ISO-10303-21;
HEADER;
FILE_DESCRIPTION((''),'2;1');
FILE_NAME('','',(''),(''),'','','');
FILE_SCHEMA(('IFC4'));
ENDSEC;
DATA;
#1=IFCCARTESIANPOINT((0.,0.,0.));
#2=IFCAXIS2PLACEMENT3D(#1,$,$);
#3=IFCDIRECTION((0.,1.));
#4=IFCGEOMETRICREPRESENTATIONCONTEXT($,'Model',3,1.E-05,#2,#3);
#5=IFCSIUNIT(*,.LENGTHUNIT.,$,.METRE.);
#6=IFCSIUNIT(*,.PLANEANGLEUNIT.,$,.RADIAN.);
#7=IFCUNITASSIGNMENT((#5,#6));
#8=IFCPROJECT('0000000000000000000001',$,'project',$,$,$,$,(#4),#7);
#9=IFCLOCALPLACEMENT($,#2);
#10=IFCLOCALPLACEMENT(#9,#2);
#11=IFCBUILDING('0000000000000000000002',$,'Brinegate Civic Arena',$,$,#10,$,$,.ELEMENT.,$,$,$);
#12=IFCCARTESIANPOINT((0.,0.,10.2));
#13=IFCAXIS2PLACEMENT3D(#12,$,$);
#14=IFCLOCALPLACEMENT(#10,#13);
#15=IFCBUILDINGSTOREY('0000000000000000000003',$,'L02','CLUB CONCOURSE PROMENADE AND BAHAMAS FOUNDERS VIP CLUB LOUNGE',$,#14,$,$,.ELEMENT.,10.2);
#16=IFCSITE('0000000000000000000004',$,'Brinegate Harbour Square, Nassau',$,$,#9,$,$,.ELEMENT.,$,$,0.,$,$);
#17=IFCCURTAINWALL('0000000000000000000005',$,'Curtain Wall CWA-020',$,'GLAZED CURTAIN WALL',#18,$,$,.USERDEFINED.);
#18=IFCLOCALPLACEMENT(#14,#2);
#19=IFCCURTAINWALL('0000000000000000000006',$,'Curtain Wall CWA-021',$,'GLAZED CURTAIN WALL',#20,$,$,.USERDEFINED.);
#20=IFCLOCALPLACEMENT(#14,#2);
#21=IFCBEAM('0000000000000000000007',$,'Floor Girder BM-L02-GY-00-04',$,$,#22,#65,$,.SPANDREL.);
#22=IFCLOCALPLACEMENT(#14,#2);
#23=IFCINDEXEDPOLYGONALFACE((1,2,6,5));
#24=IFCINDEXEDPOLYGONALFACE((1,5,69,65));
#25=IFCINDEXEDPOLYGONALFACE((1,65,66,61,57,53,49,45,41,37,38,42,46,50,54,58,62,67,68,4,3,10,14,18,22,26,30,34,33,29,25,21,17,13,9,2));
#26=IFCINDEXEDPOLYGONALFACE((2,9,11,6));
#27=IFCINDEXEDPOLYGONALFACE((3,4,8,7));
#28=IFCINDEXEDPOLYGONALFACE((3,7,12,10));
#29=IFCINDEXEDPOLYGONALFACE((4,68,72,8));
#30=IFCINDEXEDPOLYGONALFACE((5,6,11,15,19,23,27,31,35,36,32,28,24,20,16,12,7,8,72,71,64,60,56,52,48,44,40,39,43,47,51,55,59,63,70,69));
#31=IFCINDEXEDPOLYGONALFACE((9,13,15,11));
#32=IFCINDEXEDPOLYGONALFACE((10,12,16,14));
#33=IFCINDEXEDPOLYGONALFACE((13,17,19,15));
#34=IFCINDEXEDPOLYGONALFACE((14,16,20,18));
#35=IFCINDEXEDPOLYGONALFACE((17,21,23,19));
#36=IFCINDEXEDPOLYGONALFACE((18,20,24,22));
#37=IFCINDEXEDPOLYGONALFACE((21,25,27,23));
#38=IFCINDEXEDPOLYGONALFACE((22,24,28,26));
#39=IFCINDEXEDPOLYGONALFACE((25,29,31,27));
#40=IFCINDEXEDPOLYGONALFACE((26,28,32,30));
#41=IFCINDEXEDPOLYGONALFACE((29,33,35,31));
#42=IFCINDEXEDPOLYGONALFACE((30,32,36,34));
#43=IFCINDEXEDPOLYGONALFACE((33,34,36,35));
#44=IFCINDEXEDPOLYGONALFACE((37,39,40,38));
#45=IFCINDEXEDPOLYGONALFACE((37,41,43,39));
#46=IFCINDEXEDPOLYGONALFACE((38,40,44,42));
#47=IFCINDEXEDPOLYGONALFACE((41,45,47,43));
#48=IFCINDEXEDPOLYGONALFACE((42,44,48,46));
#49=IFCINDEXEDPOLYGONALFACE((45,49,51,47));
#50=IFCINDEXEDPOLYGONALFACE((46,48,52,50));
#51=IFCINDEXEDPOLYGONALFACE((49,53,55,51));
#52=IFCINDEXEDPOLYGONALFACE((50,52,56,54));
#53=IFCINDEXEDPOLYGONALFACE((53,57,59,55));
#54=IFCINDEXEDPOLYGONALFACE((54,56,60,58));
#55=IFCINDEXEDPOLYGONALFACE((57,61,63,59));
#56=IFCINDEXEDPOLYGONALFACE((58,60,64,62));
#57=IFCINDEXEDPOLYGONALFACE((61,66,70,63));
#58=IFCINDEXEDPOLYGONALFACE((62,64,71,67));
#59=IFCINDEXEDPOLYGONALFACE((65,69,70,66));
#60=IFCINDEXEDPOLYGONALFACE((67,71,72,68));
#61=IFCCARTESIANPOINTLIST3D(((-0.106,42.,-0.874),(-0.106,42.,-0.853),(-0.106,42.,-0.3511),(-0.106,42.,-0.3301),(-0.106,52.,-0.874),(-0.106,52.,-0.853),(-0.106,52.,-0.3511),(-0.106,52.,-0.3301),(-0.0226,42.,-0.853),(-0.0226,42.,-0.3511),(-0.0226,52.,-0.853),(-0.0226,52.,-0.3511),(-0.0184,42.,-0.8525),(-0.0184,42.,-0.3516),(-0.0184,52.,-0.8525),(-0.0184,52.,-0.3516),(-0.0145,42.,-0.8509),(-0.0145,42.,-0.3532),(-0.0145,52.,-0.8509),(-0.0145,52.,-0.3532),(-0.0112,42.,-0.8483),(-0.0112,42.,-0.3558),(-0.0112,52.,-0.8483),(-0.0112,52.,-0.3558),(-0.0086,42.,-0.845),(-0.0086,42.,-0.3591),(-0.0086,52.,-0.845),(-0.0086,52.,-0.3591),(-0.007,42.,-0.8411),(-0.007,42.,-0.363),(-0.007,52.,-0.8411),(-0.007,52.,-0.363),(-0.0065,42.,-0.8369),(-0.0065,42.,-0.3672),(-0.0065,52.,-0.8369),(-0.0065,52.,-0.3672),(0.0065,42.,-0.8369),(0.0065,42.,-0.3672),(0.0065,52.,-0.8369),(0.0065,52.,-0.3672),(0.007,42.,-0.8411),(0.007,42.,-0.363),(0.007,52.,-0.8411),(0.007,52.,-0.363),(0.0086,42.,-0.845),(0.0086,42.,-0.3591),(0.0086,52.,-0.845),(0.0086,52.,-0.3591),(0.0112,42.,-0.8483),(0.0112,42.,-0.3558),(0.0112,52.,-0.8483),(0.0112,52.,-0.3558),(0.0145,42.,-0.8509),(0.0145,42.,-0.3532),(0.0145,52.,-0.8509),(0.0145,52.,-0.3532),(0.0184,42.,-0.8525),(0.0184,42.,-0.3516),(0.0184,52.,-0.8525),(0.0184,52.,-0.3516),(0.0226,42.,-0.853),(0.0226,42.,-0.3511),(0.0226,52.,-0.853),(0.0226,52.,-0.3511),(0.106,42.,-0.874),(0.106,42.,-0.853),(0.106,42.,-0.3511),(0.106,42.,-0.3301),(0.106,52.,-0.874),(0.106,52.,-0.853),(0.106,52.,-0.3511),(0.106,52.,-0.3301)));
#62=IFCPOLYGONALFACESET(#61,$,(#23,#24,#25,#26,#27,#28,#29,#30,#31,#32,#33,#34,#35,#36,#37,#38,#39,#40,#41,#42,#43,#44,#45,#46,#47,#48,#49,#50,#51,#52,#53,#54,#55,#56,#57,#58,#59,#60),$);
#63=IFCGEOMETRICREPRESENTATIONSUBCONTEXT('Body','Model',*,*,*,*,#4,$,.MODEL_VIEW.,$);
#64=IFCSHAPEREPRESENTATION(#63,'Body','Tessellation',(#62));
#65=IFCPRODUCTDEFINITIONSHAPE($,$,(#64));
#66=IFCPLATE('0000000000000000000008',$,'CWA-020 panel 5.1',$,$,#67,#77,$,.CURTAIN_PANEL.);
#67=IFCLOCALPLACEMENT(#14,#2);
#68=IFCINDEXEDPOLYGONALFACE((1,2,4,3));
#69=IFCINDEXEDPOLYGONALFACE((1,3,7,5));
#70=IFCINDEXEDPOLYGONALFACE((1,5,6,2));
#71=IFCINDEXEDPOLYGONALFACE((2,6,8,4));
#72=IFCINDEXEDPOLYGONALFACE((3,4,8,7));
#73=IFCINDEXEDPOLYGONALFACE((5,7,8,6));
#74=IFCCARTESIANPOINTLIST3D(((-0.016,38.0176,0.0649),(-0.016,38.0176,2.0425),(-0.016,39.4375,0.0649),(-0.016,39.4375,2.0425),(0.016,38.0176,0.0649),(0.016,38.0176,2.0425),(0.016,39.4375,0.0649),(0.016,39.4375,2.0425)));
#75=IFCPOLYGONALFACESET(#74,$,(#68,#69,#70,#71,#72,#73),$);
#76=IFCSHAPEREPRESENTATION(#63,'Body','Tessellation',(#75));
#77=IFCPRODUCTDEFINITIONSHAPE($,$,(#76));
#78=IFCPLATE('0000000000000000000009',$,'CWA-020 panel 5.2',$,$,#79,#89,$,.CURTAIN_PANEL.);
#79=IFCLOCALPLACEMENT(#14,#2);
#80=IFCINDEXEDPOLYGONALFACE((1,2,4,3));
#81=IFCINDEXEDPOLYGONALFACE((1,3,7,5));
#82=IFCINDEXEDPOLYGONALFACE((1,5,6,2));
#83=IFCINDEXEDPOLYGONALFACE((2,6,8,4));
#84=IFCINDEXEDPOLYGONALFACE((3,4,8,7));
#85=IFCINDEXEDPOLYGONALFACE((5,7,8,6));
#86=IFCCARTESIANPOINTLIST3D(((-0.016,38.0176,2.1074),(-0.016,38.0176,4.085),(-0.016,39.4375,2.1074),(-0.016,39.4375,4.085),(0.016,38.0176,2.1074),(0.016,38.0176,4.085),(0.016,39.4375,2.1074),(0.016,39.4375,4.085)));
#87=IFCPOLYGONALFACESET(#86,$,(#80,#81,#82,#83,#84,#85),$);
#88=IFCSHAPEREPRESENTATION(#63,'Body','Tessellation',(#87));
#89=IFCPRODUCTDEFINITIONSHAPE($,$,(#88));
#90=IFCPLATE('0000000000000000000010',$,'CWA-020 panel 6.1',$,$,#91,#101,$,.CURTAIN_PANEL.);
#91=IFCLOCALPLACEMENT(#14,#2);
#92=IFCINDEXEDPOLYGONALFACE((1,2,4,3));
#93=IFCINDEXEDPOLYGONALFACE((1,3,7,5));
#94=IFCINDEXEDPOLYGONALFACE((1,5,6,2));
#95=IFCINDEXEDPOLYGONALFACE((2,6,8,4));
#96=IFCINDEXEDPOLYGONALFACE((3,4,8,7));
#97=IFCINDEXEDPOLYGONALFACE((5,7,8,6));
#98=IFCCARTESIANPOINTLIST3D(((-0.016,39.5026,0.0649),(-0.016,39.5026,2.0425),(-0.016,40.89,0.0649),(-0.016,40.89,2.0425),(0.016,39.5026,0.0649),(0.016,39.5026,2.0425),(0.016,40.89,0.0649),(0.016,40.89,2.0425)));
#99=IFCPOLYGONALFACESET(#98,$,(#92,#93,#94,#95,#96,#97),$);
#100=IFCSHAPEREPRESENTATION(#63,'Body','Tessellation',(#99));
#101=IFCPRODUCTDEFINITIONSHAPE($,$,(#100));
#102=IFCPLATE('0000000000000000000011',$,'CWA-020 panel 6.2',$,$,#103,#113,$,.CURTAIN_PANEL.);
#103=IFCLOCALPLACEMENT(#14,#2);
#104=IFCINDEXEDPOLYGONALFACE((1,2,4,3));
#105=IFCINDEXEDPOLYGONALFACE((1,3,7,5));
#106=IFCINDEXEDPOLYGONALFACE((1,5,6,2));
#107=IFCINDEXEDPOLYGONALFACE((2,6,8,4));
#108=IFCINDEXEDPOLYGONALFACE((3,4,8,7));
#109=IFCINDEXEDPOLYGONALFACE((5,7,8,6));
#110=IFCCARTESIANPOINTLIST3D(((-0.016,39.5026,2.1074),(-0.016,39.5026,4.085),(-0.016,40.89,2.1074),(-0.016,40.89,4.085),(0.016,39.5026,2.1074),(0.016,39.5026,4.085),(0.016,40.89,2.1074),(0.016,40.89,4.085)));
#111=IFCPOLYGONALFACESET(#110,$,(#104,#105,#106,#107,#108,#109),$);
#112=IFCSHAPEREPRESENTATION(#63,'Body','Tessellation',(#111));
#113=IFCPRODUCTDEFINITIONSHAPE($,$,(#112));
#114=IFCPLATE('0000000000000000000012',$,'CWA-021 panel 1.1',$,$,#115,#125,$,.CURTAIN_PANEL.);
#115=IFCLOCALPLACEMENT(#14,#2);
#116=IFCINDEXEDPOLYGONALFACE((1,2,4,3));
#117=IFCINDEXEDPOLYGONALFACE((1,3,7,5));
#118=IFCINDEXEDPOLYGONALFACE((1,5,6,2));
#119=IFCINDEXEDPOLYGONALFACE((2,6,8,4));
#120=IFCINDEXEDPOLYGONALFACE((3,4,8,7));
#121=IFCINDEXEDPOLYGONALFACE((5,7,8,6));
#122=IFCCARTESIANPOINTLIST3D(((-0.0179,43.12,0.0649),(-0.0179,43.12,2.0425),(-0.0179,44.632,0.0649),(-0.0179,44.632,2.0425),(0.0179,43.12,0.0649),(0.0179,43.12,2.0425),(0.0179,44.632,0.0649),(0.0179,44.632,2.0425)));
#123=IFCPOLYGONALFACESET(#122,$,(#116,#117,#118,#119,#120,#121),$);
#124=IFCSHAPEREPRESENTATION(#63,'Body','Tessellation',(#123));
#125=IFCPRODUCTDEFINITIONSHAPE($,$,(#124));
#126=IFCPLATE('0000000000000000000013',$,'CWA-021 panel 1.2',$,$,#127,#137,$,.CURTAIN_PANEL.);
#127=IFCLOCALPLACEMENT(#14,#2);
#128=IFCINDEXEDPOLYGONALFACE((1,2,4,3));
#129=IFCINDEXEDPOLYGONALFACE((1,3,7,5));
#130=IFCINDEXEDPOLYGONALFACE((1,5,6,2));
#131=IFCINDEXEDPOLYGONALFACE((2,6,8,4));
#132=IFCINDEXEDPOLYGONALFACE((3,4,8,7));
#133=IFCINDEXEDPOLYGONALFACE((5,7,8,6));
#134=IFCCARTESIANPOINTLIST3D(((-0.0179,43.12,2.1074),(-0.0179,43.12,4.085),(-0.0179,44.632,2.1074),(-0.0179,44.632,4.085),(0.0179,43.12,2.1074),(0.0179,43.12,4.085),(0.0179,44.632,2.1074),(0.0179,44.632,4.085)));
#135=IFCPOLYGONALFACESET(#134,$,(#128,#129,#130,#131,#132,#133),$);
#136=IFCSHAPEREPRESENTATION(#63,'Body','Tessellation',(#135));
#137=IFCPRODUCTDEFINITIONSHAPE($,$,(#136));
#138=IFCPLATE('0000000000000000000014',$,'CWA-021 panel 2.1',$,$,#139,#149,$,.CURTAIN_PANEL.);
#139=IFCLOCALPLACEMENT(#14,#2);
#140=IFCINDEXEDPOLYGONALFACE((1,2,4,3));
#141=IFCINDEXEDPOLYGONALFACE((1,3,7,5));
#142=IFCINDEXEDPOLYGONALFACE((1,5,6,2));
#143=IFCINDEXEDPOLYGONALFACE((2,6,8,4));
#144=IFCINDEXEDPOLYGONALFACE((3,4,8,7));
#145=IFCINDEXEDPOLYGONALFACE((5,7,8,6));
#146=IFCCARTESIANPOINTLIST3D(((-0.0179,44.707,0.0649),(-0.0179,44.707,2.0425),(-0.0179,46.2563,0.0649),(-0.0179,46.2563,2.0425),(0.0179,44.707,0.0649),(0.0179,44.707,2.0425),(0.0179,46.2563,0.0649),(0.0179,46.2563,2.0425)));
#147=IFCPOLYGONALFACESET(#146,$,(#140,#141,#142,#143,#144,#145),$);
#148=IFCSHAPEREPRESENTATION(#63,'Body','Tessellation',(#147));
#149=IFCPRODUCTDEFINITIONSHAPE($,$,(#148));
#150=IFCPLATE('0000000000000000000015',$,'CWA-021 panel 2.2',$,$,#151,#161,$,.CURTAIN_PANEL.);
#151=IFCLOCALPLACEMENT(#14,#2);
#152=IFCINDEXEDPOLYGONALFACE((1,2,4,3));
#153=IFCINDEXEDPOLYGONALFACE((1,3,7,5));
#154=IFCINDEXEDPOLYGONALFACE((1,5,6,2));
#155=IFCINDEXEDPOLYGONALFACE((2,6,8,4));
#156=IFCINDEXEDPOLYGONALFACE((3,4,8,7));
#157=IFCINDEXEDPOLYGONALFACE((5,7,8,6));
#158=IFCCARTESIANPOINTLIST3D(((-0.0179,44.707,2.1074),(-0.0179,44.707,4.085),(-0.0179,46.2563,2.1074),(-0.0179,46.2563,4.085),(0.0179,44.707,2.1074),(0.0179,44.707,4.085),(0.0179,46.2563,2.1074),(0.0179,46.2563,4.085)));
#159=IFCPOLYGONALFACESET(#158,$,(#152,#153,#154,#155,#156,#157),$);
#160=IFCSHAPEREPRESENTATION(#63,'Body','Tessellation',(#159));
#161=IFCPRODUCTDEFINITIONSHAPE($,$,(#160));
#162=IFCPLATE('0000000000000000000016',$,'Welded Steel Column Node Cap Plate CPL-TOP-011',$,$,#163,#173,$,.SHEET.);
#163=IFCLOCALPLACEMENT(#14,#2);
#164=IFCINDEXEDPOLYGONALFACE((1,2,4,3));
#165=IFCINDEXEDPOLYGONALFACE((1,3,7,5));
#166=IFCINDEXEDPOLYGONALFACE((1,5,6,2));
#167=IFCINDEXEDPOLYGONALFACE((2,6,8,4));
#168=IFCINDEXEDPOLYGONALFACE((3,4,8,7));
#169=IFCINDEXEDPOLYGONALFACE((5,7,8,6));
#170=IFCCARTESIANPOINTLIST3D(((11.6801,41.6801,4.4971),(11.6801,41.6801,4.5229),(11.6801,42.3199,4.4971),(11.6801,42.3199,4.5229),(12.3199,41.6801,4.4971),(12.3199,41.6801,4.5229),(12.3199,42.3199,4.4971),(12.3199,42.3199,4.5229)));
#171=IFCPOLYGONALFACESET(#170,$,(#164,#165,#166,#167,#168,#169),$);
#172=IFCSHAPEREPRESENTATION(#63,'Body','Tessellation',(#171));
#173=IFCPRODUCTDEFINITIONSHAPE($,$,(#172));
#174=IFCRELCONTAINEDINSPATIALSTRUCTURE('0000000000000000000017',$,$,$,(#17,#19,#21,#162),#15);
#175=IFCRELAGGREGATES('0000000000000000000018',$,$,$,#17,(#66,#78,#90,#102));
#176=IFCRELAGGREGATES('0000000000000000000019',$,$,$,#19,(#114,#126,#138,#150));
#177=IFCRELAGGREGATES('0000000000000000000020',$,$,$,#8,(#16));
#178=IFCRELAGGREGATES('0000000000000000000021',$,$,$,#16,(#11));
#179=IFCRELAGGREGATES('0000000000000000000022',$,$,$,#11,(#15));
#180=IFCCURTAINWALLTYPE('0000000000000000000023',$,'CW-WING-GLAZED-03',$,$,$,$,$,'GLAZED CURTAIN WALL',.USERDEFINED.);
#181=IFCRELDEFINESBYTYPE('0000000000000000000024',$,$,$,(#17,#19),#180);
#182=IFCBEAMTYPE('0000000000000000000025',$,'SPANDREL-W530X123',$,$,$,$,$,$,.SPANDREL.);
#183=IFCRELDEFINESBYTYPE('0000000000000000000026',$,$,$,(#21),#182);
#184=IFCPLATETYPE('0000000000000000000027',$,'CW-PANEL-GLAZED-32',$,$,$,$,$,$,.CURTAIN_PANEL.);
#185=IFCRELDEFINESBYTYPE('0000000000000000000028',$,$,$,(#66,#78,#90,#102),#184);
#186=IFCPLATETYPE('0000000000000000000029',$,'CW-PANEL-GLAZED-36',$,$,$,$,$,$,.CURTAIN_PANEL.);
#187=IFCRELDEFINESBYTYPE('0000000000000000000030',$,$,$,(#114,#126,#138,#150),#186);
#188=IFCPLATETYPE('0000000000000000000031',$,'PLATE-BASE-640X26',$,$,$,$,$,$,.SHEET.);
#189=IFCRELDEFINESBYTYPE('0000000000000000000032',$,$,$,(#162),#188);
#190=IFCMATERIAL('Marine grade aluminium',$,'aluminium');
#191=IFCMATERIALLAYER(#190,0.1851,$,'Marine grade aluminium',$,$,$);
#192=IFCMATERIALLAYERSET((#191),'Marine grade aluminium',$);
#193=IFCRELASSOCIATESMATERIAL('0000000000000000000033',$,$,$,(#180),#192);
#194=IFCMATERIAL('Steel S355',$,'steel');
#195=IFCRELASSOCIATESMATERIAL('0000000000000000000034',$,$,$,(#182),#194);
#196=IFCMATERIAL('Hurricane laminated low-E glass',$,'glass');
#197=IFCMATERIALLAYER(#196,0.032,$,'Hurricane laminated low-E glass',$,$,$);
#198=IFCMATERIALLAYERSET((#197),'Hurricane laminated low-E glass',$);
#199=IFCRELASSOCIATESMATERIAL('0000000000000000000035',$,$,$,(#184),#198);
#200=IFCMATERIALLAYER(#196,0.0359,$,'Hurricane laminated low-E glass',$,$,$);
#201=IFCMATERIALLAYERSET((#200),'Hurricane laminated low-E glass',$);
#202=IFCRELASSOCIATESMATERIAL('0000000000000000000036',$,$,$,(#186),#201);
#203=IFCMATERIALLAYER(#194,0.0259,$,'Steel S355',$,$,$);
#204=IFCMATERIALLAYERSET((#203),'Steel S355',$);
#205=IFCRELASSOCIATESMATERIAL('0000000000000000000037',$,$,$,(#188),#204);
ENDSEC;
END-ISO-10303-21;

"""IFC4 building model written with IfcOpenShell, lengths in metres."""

from ifc_helpers import new_model, si_unit, direction, frame, origin, origin_2d, place, context, subcontext, project, spatial, rectangle, i_section, extrude, material, layer, layer_set, material_profile, profile_set, type_object, element, aggregate, save


model = new_model("IFC4")

# Units and contexts
model_context = context("Model", 3, precision=1e-05, world=origin(), true_north=direction((0.0, 1.0)))
body_context = subcontext(model_context, "Body", "Model", "MODEL_VIEW")
ifc_project = project(units=[si_unit("LENGTHUNIT", "METRE"), si_unit("PLANEANGLEUNIT", "RADIAN")], contexts=[model_context])

# Site, building, storey
site_placement = place(None, origin())
site = spatial("IfcSite", under=ifc_project, at=site_placement, Name="Brinegate Harbour Square, Nassau", CompositionType="ELEMENT", RefElevation=0.0)
building_placement = place(site_placement, origin())
building = spatial("IfcBuilding", under=site, at=building_placement, Name="Brinegate Civic Arena", CompositionType="ELEMENT")
storey_placement = place(building_placement, frame((0.0, 0.0, 10.2)))
storey = spatial("IfcBuildingStorey", under=building, at=storey_placement, Name="L02", Description="CLUB CONCOURSE PROMENADE AND BAHAMAS FOUNDERS VIP CLUB LOUNGE", CompositionType="ELEMENT", Elevation=10.2)

# Shared definitions
ifc_material_1 = material(Name="Steel S355", Category="steel")

# Curtain walls
ifc_material_2 = material(Name="Marine grade aluminium", Category="aluminium")
ifc_layer_1 = layer(ifc_material_2, 0.1851, Name="Marine grade aluminium")
ifc_layer_set_1 = layer_set([ifc_layer_1], Name="Marine grade aluminium")
curtain_wall_type = type_object("IfcCurtainWallType", Name="CW-WING-GLAZED-03", ElementType="GLAZED CURTAIN WALL", PredefinedType="USERDEFINED", material=ifc_layer_set_1)
curtain_wall_1_placement = place(storey_placement, origin())
curtain_wall_1 = element("IfcCurtainWall", 1, at=curtain_wall_1_placement, inside=storey, type_object=curtain_wall_type, Name="Curtain Wall CWA-020", ObjectType="GLAZED CURTAIN WALL", PredefinedType="USERDEFINED")
curtain_wall_2_placement = place(storey_placement, origin())
curtain_wall_2 = element("IfcCurtainWall", 2, at=curtain_wall_2_placement, inside=storey, type_object=curtain_wall_type, Name="Curtain Wall CWA-021", ObjectType="GLAZED CURTAIN WALL", PredefinedType="USERDEFINED")

# Beam
ifc_material_profile_1 = material_profile(ifc_material_1, i_section(OverallWidth=0.2119, OverallDepth=0.5439, WebThickness=0.0129, FlangeThickness=0.021, FilletRadius=0.0161, at=origin_2d()), Name="W530X123")
ifc_profile_set_1 = profile_set([ifc_material_profile_1], Name="Steel S355")
beam_type_1 = type_object("IfcBeamType", Name="SPANDREL-W530X123", PredefinedType="SPANDREL", material=ifc_profile_set_1)
beam_1_placement = place(storey_placement, frame((0.0, 42.0, -0.6021), z_axis=(0.0, 1.0, 0.0), x_axis=(-1.0, 0.0, 0.0)))
element("IfcBeam", 3, at=beam_1_placement, inside=storey, type_object=beam_type_1, Name="Floor Girder BM-L02-GY-00-04", PredefinedType="SPANDREL", context=body_context, shape_type="SweptSolid", body=[
    extrude(i_section(OverallWidth=0.2119, OverallDepth=0.5439, WebThickness=0.0129, FlangeThickness=0.021, FilletRadius=0.0161, at=origin_2d()), origin(), (0.0, 0.0, 1.0), 10.0),
])

# Plates
ifc_material_3 = material(Name="Hurricane laminated low-E glass", Category="glass")
ifc_layer_2 = layer(ifc_material_3, 0.032, Name="Hurricane laminated low-E glass")
ifc_layer_set_2 = layer_set([ifc_layer_2], Name="Hurricane laminated low-E glass")
plate_type_1 = type_object("IfcPlateType", Name="CW-PANEL-GLAZED-32", PredefinedType="CURTAIN_PANEL", material=ifc_layer_set_2)
plate_1_placement = place(storey_placement, frame((0.0, 38.7275, 0.0649), z_axis=(0.0, 0.0, 1.0), x_axis=(0.0, 1.0, 0.0)))
plate_1 = element("IfcPlate", 4, at=plate_1_placement, type_object=plate_type_1, Name="CWA-020 panel 5.1", PredefinedType="CURTAIN_PANEL", context=body_context, shape_type="SweptSolid", body=[
    extrude(rectangle(XDim=1.4199, YDim=0.032, at=origin_2d()), origin(), (0.0, 0.0, 1.0), 1.9775),
])
plate_2_placement = place(storey_placement, frame((0.0, 38.7275, 2.1074), z_axis=(0.0, 0.0, 1.0), x_axis=(0.0, 1.0, 0.0)))
plate_2 = element("IfcPlate", 5, at=plate_2_placement, type_object=plate_type_1, Name="CWA-020 panel 5.2", PredefinedType="CURTAIN_PANEL", context=body_context, shape_type="SweptSolid", body=[
    extrude(rectangle(XDim=1.4199, YDim=0.032, at=origin_2d()), origin(), (0.0, 0.0, 1.0), 1.9775),
])
plate_3_placement = place(storey_placement, frame((0.0, 40.1963, 0.0649), z_axis=(0.0, 0.0, 1.0), x_axis=(0.0, 1.0, 0.0)))
plate_3 = element("IfcPlate", 6, at=plate_3_placement, type_object=plate_type_1, Name="CWA-020 panel 6.1", PredefinedType="CURTAIN_PANEL", context=body_context, shape_type="SweptSolid", body=[
    extrude(rectangle(XDim=1.3875, YDim=0.032, at=origin_2d()), origin(), (0.0, 0.0, 1.0), 1.9775),
])
plate_4_placement = place(storey_placement, frame((0.0, 40.1963, 2.1074), z_axis=(0.0, 0.0, 1.0), x_axis=(0.0, 1.0, 0.0)))
plate_4 = element("IfcPlate", 7, at=plate_4_placement, type_object=plate_type_1, Name="CWA-020 panel 6.2", PredefinedType="CURTAIN_PANEL", context=body_context, shape_type="SweptSolid", body=[
    extrude(rectangle(XDim=1.3875, YDim=0.032, at=origin_2d()), origin(), (0.0, 0.0, 1.0), 1.9775),
])
aggregate(curtain_wall_1, [plate_1, plate_2, plate_3, plate_4])
ifc_layer_3 = layer(ifc_material_3, 0.0359, Name="Hurricane laminated low-E glass")
ifc_layer_set_3 = layer_set([ifc_layer_3], Name="Hurricane laminated low-E glass")
plate_type_2 = type_object("IfcPlateType", Name="CW-PANEL-GLAZED-36", PredefinedType="CURTAIN_PANEL", material=ifc_layer_set_3)
plate_5_placement = place(storey_placement, frame((0.0, 43.876, 0.0649), z_axis=(0.0, 0.0, 1.0), x_axis=(0.0, 1.0, 0.0)))
plate_5 = element("IfcPlate", 8, at=plate_5_placement, type_object=plate_type_2, Name="CWA-021 panel 1.1", PredefinedType="CURTAIN_PANEL", context=body_context, shape_type="SweptSolid", body=[
    extrude(rectangle(XDim=1.512, YDim=0.0359, at=origin_2d()), origin(), (0.0, 0.0, 1.0), 1.9775),
])
plate_6_placement = place(storey_placement, frame((0.0, 43.876, 2.1074), z_axis=(0.0, 0.0, 1.0), x_axis=(0.0, 1.0, 0.0)))
plate_6 = element("IfcPlate", 9, at=plate_6_placement, type_object=plate_type_2, Name="CWA-021 panel 1.2", PredefinedType="CURTAIN_PANEL", context=body_context, shape_type="SweptSolid", body=[
    extrude(rectangle(XDim=1.512, YDim=0.0359, at=origin_2d()), origin(), (0.0, 0.0, 1.0), 1.9775),
])
plate_7_placement = place(storey_placement, frame((0.0, 45.4817, 0.0649), z_axis=(0.0, 0.0, 1.0), x_axis=(0.0, 1.0, 0.0)))
plate_7 = element("IfcPlate", 10, at=plate_7_placement, type_object=plate_type_2, Name="CWA-021 panel 2.1", PredefinedType="CURTAIN_PANEL", context=body_context, shape_type="SweptSolid", body=[
    extrude(rectangle(XDim=1.5493, YDim=0.0359, at=origin_2d()), origin(), (0.0, 0.0, 1.0), 1.9775),
])
plate_8_placement = place(storey_placement, frame((0.0, 45.4817, 2.1074), z_axis=(0.0, 0.0, 1.0), x_axis=(0.0, 1.0, 0.0)))
plate_8 = element("IfcPlate", 11, at=plate_8_placement, type_object=plate_type_2, Name="CWA-021 panel 2.2", PredefinedType="CURTAIN_PANEL", context=body_context, shape_type="SweptSolid", body=[
    extrude(rectangle(XDim=1.5493, YDim=0.0359, at=origin_2d()), origin(), (0.0, 0.0, 1.0), 1.9775),
])
aggregate(curtain_wall_2, [plate_5, plate_6, plate_7, plate_8])
ifc_layer_4 = layer(ifc_material_1, 0.0259, Name="Steel S355")
ifc_layer_set_4 = layer_set([ifc_layer_4], Name="Steel S355")
plate_type_3 = type_object("IfcPlateType", Name="PLATE-BASE-640X26", PredefinedType="SHEET", material=ifc_layer_set_4)
plate_9_placement = place(storey_placement, frame((12.0, 42.0, 4.4971), z_axis=(0.0, 0.0, 1.0), x_axis=(1.0, 0.0, 0.0)))
element("IfcPlate", 12, at=plate_9_placement, inside=storey, type_object=plate_type_3, Name="Welded Steel Column Node Cap Plate CPL-TOP-011", PredefinedType="SHEET", context=body_context, shape_type="SweptSolid", body=[
    extrude(rectangle(XDim=0.6399, YDim=0.6399, at=origin_2d()), origin(), (0.0, 0.0, 1.0), 0.0259),
])

save(model, "model.ifc")
